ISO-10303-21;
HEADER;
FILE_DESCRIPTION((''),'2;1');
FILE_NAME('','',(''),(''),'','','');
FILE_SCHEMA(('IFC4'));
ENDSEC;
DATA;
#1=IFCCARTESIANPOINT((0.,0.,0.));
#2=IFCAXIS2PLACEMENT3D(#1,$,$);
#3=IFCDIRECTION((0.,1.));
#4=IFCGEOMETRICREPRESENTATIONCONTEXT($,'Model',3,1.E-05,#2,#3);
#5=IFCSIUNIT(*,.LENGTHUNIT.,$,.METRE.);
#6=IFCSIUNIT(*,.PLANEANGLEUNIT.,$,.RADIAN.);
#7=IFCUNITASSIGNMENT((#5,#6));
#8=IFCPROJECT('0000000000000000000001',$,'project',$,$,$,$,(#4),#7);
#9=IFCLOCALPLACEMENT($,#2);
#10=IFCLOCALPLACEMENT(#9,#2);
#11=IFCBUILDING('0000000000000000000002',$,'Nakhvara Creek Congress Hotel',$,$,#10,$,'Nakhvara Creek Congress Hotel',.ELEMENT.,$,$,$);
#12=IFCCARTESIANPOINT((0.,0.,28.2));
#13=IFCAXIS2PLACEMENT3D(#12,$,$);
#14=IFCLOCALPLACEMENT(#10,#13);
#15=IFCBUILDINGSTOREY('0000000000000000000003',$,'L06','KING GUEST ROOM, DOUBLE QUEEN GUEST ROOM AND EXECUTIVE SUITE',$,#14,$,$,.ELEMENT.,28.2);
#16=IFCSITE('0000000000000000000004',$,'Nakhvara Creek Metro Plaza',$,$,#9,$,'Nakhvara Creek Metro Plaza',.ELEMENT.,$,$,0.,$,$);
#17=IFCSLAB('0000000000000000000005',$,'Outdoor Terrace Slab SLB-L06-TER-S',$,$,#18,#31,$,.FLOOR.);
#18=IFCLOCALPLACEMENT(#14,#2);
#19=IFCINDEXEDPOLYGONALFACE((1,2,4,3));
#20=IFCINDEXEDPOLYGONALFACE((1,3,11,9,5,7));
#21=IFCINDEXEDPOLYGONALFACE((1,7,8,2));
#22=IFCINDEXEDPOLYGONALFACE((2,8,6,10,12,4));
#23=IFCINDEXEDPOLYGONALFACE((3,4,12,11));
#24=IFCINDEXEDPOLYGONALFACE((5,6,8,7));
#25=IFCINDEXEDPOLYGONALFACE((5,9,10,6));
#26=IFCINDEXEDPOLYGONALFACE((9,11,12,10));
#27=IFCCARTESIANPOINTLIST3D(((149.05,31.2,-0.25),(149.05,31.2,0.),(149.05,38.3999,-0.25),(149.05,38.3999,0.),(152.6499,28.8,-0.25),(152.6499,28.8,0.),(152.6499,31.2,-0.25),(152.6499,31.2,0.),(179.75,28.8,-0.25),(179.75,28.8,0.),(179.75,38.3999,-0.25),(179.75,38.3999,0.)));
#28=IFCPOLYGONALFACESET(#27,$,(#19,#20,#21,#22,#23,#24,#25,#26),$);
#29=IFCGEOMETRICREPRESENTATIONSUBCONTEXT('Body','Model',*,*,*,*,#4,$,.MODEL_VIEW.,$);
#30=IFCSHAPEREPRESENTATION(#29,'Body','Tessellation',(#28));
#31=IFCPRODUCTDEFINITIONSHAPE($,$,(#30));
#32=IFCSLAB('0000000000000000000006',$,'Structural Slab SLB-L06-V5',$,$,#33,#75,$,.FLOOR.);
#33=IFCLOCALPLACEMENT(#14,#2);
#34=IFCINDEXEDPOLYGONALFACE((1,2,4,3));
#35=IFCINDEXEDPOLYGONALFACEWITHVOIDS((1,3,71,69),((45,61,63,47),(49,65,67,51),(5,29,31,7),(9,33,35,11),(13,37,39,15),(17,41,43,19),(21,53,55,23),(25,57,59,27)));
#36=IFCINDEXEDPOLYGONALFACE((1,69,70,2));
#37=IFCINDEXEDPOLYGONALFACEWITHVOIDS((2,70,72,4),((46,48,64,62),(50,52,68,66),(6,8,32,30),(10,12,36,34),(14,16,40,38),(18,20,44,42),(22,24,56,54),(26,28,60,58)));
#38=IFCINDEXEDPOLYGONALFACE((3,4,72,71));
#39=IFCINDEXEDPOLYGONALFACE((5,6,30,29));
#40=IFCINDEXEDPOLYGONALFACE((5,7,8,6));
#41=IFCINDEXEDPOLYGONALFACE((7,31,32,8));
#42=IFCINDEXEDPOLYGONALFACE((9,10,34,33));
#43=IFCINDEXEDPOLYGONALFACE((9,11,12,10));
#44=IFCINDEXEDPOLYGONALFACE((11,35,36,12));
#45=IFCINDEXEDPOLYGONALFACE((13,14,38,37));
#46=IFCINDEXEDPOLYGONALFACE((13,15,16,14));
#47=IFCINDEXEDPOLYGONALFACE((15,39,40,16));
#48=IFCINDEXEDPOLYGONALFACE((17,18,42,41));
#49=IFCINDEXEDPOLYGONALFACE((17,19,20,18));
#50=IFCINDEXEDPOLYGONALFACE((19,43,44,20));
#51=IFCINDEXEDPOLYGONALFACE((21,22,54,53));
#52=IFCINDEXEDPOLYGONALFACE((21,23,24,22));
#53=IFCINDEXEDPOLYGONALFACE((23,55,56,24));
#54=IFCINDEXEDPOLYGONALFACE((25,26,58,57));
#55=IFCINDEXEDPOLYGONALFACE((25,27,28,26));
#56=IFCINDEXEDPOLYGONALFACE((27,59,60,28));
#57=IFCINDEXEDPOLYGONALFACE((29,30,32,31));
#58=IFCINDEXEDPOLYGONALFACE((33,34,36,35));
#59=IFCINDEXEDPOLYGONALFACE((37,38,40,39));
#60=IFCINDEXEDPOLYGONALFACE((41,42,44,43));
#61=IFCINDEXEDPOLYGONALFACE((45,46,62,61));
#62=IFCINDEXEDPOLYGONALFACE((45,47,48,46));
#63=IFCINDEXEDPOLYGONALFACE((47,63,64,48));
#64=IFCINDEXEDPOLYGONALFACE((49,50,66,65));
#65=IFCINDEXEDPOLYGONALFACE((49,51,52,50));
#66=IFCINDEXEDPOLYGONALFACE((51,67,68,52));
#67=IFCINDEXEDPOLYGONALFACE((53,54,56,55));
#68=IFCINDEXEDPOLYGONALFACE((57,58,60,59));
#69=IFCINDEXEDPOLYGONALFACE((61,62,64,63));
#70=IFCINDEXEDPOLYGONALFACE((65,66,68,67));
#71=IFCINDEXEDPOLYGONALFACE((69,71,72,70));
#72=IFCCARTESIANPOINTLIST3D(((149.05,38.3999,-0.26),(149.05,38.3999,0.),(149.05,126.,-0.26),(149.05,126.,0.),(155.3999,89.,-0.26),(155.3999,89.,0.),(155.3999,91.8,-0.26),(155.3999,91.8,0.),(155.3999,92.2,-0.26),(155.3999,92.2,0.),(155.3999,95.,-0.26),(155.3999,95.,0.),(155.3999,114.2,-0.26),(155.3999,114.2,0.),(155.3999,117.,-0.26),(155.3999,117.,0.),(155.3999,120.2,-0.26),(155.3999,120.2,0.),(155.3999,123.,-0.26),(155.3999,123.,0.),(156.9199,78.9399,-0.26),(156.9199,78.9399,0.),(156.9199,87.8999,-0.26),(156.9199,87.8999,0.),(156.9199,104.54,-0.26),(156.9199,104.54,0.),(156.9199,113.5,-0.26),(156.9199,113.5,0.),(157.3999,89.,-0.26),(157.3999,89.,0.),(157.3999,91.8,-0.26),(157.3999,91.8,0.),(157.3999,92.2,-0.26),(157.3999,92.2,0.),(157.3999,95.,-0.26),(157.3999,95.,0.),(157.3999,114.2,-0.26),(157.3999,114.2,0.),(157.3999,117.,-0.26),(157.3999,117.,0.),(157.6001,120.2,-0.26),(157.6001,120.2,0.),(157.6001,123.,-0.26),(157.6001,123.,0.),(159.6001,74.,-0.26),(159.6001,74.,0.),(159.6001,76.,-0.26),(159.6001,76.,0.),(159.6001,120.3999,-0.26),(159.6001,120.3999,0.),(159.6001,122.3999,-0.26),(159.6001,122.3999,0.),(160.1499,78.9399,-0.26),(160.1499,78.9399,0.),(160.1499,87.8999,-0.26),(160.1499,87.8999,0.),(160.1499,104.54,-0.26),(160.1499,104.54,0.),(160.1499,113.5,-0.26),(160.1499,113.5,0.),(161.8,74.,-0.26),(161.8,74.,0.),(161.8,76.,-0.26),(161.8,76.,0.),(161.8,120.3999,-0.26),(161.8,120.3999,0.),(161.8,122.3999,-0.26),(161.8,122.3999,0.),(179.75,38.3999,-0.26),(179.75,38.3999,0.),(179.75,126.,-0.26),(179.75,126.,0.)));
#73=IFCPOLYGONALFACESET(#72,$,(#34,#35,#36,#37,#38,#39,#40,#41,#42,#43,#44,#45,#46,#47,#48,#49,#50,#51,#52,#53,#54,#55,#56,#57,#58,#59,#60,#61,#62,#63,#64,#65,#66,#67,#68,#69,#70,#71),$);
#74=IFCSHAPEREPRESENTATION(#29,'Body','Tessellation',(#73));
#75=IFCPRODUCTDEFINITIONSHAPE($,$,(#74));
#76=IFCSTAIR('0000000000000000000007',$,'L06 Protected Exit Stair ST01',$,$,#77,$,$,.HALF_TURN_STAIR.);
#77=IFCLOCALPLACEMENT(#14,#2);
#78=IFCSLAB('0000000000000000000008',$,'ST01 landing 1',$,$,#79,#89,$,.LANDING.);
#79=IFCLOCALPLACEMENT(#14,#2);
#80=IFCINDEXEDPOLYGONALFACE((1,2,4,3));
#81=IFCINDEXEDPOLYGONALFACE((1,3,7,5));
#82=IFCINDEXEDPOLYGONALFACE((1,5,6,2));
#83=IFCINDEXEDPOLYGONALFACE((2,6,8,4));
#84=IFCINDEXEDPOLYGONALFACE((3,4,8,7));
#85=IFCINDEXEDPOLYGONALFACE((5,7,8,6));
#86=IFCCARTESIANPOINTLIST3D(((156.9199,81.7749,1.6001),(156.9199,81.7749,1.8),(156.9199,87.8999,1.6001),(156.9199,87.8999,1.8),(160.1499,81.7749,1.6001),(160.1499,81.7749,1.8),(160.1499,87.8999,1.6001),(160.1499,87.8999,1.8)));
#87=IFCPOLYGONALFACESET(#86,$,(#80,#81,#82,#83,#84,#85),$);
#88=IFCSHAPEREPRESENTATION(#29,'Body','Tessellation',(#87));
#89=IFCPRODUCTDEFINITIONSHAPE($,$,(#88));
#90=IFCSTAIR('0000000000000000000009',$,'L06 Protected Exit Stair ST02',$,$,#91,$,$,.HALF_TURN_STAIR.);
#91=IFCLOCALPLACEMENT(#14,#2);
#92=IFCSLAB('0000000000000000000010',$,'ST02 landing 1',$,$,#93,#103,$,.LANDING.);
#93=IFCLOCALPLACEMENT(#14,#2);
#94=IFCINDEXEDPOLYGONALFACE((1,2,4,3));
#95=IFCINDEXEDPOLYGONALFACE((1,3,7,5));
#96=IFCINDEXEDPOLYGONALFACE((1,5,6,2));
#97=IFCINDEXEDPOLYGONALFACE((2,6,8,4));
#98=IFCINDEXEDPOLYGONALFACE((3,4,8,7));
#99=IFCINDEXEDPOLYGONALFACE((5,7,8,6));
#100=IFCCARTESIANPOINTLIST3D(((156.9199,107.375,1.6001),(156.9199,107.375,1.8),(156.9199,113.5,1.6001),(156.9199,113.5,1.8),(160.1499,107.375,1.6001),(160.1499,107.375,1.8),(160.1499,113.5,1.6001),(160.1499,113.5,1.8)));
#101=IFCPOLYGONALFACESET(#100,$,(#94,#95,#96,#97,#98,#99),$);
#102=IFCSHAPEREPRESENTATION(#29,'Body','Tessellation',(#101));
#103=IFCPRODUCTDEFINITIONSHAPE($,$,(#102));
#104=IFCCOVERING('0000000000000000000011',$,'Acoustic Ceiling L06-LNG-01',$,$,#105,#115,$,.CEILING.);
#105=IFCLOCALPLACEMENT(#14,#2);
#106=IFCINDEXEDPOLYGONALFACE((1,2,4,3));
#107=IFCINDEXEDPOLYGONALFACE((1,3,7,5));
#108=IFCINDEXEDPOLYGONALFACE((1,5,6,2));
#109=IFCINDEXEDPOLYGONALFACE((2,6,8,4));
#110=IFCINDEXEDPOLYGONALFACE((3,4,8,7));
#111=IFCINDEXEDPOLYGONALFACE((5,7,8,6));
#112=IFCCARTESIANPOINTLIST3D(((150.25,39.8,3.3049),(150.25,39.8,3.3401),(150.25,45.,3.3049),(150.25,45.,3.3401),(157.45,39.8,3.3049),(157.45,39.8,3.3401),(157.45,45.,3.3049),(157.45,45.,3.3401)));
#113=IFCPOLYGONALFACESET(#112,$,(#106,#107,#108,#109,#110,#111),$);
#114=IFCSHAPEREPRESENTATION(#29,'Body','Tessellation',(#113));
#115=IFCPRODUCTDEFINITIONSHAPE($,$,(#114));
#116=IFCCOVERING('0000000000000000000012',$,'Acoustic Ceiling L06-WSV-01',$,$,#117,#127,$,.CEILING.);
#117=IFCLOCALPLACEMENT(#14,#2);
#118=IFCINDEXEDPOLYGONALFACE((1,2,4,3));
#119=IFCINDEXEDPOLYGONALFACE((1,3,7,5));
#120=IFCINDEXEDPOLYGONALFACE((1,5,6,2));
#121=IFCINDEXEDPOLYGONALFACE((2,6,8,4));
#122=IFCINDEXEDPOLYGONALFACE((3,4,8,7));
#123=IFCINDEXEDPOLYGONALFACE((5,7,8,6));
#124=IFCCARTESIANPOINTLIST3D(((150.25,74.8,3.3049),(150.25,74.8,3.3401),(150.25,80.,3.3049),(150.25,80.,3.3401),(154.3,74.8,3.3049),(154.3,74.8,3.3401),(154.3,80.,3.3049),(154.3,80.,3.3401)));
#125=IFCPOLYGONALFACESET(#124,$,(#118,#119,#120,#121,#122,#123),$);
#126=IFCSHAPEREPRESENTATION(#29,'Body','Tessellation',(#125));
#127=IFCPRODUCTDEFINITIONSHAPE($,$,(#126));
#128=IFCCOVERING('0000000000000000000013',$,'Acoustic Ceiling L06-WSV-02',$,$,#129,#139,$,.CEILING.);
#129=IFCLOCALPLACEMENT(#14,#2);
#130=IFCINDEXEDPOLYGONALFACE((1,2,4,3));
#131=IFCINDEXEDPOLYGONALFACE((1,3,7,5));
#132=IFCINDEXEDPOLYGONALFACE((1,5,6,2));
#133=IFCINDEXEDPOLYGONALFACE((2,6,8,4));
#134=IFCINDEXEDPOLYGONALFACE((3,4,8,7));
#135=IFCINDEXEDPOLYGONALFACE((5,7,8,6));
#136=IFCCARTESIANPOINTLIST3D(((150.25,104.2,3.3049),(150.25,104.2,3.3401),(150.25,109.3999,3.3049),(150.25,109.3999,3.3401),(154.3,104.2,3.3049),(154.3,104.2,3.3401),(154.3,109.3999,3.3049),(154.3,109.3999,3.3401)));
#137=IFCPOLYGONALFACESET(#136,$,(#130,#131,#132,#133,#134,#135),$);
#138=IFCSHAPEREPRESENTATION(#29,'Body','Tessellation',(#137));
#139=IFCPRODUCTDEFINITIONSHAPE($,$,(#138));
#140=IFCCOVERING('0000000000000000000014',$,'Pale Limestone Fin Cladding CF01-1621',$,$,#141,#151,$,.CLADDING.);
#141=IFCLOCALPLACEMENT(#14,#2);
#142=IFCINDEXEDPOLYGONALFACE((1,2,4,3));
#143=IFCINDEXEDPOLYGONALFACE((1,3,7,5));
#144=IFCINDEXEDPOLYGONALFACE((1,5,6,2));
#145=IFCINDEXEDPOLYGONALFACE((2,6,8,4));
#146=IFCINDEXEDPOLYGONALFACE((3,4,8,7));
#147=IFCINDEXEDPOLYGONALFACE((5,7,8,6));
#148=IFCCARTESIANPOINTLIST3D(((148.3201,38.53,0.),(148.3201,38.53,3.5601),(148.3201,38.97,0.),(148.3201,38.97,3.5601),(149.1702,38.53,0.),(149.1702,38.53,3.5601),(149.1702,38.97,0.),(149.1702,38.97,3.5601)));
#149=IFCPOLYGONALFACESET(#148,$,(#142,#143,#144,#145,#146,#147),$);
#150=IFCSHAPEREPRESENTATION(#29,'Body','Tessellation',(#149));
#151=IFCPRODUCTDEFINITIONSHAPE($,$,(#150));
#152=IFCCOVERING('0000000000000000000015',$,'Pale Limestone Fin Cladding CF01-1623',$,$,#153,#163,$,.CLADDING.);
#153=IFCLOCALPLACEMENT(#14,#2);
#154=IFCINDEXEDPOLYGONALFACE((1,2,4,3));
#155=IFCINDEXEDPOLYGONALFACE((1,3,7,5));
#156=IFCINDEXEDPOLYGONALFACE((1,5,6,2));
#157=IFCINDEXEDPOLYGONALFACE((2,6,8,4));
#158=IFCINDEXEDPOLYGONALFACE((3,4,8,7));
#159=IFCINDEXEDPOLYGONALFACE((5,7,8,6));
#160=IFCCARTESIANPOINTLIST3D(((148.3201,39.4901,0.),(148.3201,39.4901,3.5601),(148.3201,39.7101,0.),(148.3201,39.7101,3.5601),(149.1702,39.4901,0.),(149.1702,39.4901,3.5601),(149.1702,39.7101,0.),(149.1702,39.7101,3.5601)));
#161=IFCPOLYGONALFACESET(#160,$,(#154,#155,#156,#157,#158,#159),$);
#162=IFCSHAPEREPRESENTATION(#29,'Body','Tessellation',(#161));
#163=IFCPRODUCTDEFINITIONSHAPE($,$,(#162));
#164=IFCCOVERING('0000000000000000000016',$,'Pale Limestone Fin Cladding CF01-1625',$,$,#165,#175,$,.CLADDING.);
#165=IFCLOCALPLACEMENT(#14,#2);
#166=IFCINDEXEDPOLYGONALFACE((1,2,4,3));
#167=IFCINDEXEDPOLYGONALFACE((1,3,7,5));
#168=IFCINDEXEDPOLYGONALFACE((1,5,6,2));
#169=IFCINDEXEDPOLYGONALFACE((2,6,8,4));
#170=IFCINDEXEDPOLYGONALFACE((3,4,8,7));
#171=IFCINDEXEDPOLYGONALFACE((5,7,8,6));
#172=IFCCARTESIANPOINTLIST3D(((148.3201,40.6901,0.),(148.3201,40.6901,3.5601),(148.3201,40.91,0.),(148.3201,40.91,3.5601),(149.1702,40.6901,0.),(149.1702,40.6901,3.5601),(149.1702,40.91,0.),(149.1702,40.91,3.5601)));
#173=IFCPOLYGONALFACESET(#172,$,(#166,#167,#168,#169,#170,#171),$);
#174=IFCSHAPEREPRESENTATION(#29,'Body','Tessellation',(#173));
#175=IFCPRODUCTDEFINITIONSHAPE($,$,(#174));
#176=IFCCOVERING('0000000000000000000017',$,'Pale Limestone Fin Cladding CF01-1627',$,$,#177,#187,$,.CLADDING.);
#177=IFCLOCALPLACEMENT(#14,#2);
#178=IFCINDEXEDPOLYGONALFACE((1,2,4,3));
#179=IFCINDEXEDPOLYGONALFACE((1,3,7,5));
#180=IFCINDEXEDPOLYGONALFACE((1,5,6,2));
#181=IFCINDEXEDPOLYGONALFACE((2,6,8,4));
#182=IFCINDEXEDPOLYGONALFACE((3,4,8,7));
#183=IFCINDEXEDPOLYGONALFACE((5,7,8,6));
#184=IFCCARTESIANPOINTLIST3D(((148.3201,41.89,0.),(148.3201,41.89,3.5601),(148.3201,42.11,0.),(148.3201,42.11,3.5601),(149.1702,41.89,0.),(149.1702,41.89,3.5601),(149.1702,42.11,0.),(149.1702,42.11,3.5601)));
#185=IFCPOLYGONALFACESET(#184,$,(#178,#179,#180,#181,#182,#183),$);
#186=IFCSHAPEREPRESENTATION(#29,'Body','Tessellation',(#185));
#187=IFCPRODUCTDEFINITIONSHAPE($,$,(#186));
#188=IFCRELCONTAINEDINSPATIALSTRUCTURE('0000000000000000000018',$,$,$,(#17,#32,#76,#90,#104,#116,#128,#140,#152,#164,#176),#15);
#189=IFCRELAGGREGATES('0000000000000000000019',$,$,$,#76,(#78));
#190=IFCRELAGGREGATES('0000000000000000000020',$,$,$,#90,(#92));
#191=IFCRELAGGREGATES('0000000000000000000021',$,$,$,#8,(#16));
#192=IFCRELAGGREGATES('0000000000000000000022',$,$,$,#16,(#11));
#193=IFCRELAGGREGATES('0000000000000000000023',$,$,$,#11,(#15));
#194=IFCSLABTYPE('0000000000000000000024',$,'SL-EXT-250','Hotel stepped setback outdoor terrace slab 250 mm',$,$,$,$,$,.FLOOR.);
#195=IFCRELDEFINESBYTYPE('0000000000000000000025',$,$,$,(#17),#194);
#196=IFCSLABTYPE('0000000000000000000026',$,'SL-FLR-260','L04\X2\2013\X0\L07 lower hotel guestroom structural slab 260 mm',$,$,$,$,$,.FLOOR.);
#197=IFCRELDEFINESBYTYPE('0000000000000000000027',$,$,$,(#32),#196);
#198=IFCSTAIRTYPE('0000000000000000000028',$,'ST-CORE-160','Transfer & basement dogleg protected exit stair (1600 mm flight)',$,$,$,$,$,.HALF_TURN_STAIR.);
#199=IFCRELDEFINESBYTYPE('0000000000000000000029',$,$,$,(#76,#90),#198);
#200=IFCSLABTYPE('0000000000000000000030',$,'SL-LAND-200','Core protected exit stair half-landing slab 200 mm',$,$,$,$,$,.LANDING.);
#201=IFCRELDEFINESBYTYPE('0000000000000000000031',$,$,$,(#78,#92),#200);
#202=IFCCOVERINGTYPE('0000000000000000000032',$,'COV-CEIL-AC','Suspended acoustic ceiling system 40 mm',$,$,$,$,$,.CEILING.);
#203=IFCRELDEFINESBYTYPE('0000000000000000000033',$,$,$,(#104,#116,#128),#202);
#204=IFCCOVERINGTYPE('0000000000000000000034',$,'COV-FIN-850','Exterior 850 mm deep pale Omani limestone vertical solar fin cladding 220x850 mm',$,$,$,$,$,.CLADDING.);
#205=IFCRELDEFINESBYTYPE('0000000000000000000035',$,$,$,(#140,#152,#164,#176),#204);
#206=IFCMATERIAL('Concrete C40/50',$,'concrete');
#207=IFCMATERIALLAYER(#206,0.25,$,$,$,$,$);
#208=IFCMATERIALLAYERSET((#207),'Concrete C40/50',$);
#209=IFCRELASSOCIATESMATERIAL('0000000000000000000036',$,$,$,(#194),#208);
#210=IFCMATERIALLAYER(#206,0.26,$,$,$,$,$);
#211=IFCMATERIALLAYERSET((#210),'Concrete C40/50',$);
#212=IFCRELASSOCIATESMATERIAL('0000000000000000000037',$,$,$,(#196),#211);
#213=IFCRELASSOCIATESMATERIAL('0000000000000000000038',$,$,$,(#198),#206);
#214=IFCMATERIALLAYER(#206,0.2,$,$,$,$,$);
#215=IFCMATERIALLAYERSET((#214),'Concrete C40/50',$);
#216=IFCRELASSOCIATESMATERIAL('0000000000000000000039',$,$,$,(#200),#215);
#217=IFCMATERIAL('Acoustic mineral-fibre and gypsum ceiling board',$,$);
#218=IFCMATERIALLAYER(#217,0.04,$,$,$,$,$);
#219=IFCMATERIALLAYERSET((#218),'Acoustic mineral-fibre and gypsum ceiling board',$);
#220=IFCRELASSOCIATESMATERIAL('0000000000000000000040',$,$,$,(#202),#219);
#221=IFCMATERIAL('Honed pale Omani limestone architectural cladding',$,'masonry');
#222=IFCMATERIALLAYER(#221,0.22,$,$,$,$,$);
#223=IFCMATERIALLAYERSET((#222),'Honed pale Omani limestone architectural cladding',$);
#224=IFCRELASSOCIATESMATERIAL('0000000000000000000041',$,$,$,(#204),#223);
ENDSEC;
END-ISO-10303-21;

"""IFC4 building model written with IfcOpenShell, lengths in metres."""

from ifc_helpers import new_model, si_unit, direction, frame, origin, origin_2d, place, context, subcontext, project, spatial, polyline, rectangle, outline, extrude, material, layer, layer_set, type_object, element, aggregate, save


model = new_model("IFC4")

# Units and contexts
model_context = context("Model", 3, precision=1e-05, world=origin(), true_north=direction((0.0, 1.0)))
body_context = subcontext(model_context, "Body", "Model", "MODEL_VIEW")
ifc_project = project(units=[si_unit("LENGTHUNIT", "METRE"), si_unit("PLANEANGLEUNIT", "RADIAN")], contexts=[model_context])

# Site, building, storey
site_placement = place(None, origin())
site = spatial("IfcSite", under=ifc_project, at=site_placement, Name="Nakhvara Creek Metro Plaza", LongName="Nakhvara Creek Metro Plaza", CompositionType="ELEMENT", RefElevation=0.0)
building_placement = place(site_placement, origin())
building = spatial("IfcBuilding", under=site, at=building_placement, Name="Nakhvara Creek Congress Hotel", LongName="Nakhvara Creek Congress Hotel", CompositionType="ELEMENT")
storey_placement = place(building_placement, frame((0.0, 0.0, 28.2)))
storey = spatial("IfcBuildingStorey", under=building, at=storey_placement, Name="L06", Description="KING GUEST ROOM, DOUBLE QUEEN GUEST ROOM AND EXECUTIVE SUITE", CompositionType="ELEMENT", Elevation=28.2)

# Slabs
ifc_material_1 = material(Name="Concrete C40/50", Category="concrete")
ifc_layer_1 = layer(ifc_material_1, 0.25)
ifc_layer_set_1 = layer_set([ifc_layer_1], Name="Concrete C40/50")
slab_type_1 = type_object("IfcSlabType", Name="SL-EXT-250", Description="Hotel stepped setback outdoor terrace slab 250 mm", PredefinedType="FLOOR", material=ifc_layer_set_1)
slab_1_placement = place(storey_placement, frame((0.0, 0.0, -0.25)))
element("IfcSlab", 1, at=slab_1_placement, inside=storey, type_object=slab_type_1, Name="Outdoor Terrace Slab SLB-L06-TER-S", PredefinedType="FLOOR", context=body_context, shape_type="SweptSolid", body=[
    extrude(outline(polyline([(152.6499, 28.8), (179.75, 28.8), (179.75, 38.3999), (149.05, 38.3999), (149.05, 31.2), (152.6499, 31.2), (152.6499, 28.8)])), origin(), (0.0, 0.0, 1.0), 0.25),
])
ifc_layer_2 = layer(ifc_material_1, 0.26)
ifc_layer_set_2 = layer_set([ifc_layer_2], Name="Concrete C40/50")
slab_type_2 = type_object("IfcSlabType", Name="SL-FLR-260", Description="L04–L07 lower hotel guestroom structural slab 260 mm", PredefinedType="FLOOR", material=ifc_layer_set_2)
slab_2_placement = place(storey_placement, frame((0.0, 0.0, -0.26)))
element("IfcSlab", 2, at=slab_2_placement, inside=storey, type_object=slab_type_2, Name="Structural Slab SLB-L06-V5", PredefinedType="FLOOR", context=body_context, shape_type="SweptSolid", body=[
    extrude(outline(polyline([(149.05, 126.0), (179.75, 126.0), (179.75, 38.3999), (149.05, 38.3999), (149.05, 126.0)]), holes=[polyline([(161.8, 74.0), (161.8, 76.0), (159.6001, 76.0), (159.6001, 74.0), (161.8, 74.0)]), polyline([(160.1499, 87.8999), (156.9199, 87.8999), (156.9199, 78.9399), (160.1499, 78.9399), (160.1499, 87.8999)]), polyline([(157.3999, 89.0), (157.3999, 91.8), (155.3999, 91.8), (155.3999, 89.0), (157.3999, 89.0)]), polyline([(157.3999, 92.2), (157.3999, 95.0), (155.3999, 95.0), (155.3999, 92.2), (157.3999, 92.2)]), polyline([(160.1499, 113.5), (156.9199, 113.5), (156.9199, 104.54), (160.1499, 104.54), (160.1499, 113.5)]), polyline([(157.3999, 114.2), (157.3999, 117.0), (155.3999, 117.0), (155.3999, 114.2), (157.3999, 114.2)]), polyline([(161.8, 120.3999), (161.8, 122.3999), (159.6001, 122.3999), (159.6001, 120.3999), (161.8, 120.3999)]), polyline([(157.6001, 120.2), (157.6001, 123.0), (155.3999, 123.0), (155.3999, 120.2), (157.6001, 120.2)])]), origin(), (0.0, 0.0, 1.0), 0.26),
])

# Stairs, slabs
stair_type = type_object("IfcStairType", Name="ST-CORE-160", Description="Transfer & basement dogleg protected exit stair (1600 mm flight)", PredefinedType="HALF_TURN_STAIR", material=ifc_material_1)
stair_1_placement = place(storey_placement, origin())
stair_1 = element("IfcStair", 3, at=stair_1_placement, inside=storey, type_object=stair_type, Name="L06 Protected Exit Stair ST01", PredefinedType="HALF_TURN_STAIR")
ifc_layer_3 = layer(ifc_material_1, 0.2)
ifc_layer_set_3 = layer_set([ifc_layer_3], Name="Concrete C40/50")
slab_type_3 = type_object("IfcSlabType", Name="SL-LAND-200", Description="Core protected exit stair half-landing slab 200 mm", PredefinedType="LANDING", material=ifc_layer_set_3)
slab_3_placement = place(storey_placement, frame((0.0, 0.0, 1.6001)))
slab_3 = element("IfcSlab", 4, at=slab_3_placement, type_object=slab_type_3, Name="ST01 landing 1", PredefinedType="LANDING", context=body_context, shape_type="SweptSolid", body=[
    extrude(outline(polyline([(160.1499, 81.7749), (160.1499, 87.8999), (156.9199, 87.8999), (156.9199, 81.7749), (160.1499, 81.7749)])), origin(), (0.0, 0.0, 1.0), 0.2),
])
aggregate(stair_1, [slab_3])
stair_2_placement = place(storey_placement, origin())
stair_2 = element("IfcStair", 5, at=stair_2_placement, inside=storey, type_object=stair_type, Name="L06 Protected Exit Stair ST02", PredefinedType="HALF_TURN_STAIR")
slab_4_placement = place(storey_placement, frame((0.0, 0.0, 1.6001)))
slab_4 = element("IfcSlab", 6, at=slab_4_placement, type_object=slab_type_3, Name="ST02 landing 1", PredefinedType="LANDING", context=body_context, shape_type="SweptSolid", body=[
    extrude(outline(polyline([(160.1499, 107.375), (160.1499, 113.5), (156.9199, 113.5), (156.9199, 107.375), (160.1499, 107.375)])), origin(), (0.0, 0.0, 1.0), 0.2),
])
aggregate(stair_2, [slab_4])

# Coverings
ifc_material_2 = material(Name="Acoustic mineral-fibre and gypsum ceiling board")
ifc_layer_4 = layer(ifc_material_2, 0.04)
ifc_layer_set_4 = layer_set([ifc_layer_4], Name="Acoustic mineral-fibre and gypsum ceiling board")
covering_type_1 = type_object("IfcCoveringType", Name="COV-CEIL-AC", Description="Suspended acoustic ceiling system 40 mm", PredefinedType="CEILING", material=ifc_layer_set_4)
covering_1_placement = place(storey_placement, frame((0.0, 0.0, 3.3049)))
element("IfcCovering", 7, at=covering_1_placement, inside=storey, type_object=covering_type_1, Name="Acoustic Ceiling L06-LNG-01", PredefinedType="CEILING", context=body_context, shape_type="SweptSolid", body=[
    extrude(outline(polyline([(150.25, 39.8), (157.45, 39.8), (157.45, 45.0), (150.25, 45.0), (150.25, 39.8)])), origin(), (0.0, 0.0, 1.0), 0.0352),
])
covering_2_placement = place(storey_placement, frame((0.0, 0.0, 3.3049)))
element("IfcCovering", 8, at=covering_2_placement, inside=storey, type_object=covering_type_1, Name="Acoustic Ceiling L06-WSV-01", PredefinedType="CEILING", context=body_context, shape_type="SweptSolid", body=[
    extrude(outline(polyline([(150.25, 74.8), (154.3, 74.8), (154.3, 80.0), (150.25, 80.0), (150.25, 74.8)])), origin(), (0.0, 0.0, 1.0), 0.0352),
])
covering_3_placement = place(storey_placement, frame((0.0, 0.0, 3.3049)))
element("IfcCovering", 9, at=covering_3_placement, inside=storey, type_object=covering_type_1, Name="Acoustic Ceiling L06-WSV-02", PredefinedType="CEILING", context=body_context, shape_type="SweptSolid", body=[
    extrude(outline(polyline([(150.25, 104.2), (154.3, 104.2), (154.3, 109.3999), (150.25, 109.3999), (150.25, 104.2)])), origin(), (0.0, 0.0, 1.0), 0.0352),
])
ifc_material_3 = material(Name="Honed pale Omani limestone architectural cladding", Category="masonry")
ifc_layer_5 = layer(ifc_material_3, 0.22)
ifc_layer_set_5 = layer_set([ifc_layer_5], Name="Honed pale Omani limestone architectural cladding")
covering_type_2 = type_object("IfcCoveringType", Name="COV-FIN-850", Description="Exterior 850 mm deep pale Omani limestone vertical solar fin cladding 220x850 mm", PredefinedType="CLADDING", material=ifc_layer_set_5)
covering_4_placement = place(storey_placement, frame((148.7451, 38.75, 0.0), z_axis=(0.0, 0.0, 1.0), x_axis=(0.0, 1.0, 0.0)))
element("IfcCovering", 10, at=covering_4_placement, inside=storey, type_object=covering_type_2, Name="Pale Limestone Fin Cladding CF01-1621", PredefinedType="CLADDING", context=body_context, shape_type="SweptSolid", body=[
    extrude(rectangle(XDim=0.4399, YDim=0.8501, at=origin_2d()), origin(), (0.0, 0.0, 1.0), 3.5601),
])
for number, where, z_axis, x_axis, name in (
    (11, (148.7451, 39.6001, 0.0), (0.0, 0.0, 1.0), (0.0, 1.0, 0.0), "Pale Limestone Fin Cladding CF01-1623"),
    (12, (148.7451, 40.8, 0.0), (0.0, 0.0, 1.0), (0.0, 1.0, 0.0), "Pale Limestone Fin Cladding CF01-1625"),
    (13, (148.7451, 42.0, 0.0), (0.0, 0.0, 1.0), (0.0, 1.0, 0.0), "Pale Limestone Fin Cladding CF01-1627"),
):
    element("IfcCovering", number, at=place(storey_placement, frame(where, z_axis=z_axis, x_axis=x_axis)), inside=storey, type_object=covering_type_2, Name=name, PredefinedType="CLADDING", context=body_context, shape_type="SweptSolid", body=[
        extrude(rectangle(XDim=0.22, YDim=0.8501, at=origin_2d()), origin(), (0.0, 0.0, 1.0), 3.5601),
    ])

save(model, "model.ifc")
